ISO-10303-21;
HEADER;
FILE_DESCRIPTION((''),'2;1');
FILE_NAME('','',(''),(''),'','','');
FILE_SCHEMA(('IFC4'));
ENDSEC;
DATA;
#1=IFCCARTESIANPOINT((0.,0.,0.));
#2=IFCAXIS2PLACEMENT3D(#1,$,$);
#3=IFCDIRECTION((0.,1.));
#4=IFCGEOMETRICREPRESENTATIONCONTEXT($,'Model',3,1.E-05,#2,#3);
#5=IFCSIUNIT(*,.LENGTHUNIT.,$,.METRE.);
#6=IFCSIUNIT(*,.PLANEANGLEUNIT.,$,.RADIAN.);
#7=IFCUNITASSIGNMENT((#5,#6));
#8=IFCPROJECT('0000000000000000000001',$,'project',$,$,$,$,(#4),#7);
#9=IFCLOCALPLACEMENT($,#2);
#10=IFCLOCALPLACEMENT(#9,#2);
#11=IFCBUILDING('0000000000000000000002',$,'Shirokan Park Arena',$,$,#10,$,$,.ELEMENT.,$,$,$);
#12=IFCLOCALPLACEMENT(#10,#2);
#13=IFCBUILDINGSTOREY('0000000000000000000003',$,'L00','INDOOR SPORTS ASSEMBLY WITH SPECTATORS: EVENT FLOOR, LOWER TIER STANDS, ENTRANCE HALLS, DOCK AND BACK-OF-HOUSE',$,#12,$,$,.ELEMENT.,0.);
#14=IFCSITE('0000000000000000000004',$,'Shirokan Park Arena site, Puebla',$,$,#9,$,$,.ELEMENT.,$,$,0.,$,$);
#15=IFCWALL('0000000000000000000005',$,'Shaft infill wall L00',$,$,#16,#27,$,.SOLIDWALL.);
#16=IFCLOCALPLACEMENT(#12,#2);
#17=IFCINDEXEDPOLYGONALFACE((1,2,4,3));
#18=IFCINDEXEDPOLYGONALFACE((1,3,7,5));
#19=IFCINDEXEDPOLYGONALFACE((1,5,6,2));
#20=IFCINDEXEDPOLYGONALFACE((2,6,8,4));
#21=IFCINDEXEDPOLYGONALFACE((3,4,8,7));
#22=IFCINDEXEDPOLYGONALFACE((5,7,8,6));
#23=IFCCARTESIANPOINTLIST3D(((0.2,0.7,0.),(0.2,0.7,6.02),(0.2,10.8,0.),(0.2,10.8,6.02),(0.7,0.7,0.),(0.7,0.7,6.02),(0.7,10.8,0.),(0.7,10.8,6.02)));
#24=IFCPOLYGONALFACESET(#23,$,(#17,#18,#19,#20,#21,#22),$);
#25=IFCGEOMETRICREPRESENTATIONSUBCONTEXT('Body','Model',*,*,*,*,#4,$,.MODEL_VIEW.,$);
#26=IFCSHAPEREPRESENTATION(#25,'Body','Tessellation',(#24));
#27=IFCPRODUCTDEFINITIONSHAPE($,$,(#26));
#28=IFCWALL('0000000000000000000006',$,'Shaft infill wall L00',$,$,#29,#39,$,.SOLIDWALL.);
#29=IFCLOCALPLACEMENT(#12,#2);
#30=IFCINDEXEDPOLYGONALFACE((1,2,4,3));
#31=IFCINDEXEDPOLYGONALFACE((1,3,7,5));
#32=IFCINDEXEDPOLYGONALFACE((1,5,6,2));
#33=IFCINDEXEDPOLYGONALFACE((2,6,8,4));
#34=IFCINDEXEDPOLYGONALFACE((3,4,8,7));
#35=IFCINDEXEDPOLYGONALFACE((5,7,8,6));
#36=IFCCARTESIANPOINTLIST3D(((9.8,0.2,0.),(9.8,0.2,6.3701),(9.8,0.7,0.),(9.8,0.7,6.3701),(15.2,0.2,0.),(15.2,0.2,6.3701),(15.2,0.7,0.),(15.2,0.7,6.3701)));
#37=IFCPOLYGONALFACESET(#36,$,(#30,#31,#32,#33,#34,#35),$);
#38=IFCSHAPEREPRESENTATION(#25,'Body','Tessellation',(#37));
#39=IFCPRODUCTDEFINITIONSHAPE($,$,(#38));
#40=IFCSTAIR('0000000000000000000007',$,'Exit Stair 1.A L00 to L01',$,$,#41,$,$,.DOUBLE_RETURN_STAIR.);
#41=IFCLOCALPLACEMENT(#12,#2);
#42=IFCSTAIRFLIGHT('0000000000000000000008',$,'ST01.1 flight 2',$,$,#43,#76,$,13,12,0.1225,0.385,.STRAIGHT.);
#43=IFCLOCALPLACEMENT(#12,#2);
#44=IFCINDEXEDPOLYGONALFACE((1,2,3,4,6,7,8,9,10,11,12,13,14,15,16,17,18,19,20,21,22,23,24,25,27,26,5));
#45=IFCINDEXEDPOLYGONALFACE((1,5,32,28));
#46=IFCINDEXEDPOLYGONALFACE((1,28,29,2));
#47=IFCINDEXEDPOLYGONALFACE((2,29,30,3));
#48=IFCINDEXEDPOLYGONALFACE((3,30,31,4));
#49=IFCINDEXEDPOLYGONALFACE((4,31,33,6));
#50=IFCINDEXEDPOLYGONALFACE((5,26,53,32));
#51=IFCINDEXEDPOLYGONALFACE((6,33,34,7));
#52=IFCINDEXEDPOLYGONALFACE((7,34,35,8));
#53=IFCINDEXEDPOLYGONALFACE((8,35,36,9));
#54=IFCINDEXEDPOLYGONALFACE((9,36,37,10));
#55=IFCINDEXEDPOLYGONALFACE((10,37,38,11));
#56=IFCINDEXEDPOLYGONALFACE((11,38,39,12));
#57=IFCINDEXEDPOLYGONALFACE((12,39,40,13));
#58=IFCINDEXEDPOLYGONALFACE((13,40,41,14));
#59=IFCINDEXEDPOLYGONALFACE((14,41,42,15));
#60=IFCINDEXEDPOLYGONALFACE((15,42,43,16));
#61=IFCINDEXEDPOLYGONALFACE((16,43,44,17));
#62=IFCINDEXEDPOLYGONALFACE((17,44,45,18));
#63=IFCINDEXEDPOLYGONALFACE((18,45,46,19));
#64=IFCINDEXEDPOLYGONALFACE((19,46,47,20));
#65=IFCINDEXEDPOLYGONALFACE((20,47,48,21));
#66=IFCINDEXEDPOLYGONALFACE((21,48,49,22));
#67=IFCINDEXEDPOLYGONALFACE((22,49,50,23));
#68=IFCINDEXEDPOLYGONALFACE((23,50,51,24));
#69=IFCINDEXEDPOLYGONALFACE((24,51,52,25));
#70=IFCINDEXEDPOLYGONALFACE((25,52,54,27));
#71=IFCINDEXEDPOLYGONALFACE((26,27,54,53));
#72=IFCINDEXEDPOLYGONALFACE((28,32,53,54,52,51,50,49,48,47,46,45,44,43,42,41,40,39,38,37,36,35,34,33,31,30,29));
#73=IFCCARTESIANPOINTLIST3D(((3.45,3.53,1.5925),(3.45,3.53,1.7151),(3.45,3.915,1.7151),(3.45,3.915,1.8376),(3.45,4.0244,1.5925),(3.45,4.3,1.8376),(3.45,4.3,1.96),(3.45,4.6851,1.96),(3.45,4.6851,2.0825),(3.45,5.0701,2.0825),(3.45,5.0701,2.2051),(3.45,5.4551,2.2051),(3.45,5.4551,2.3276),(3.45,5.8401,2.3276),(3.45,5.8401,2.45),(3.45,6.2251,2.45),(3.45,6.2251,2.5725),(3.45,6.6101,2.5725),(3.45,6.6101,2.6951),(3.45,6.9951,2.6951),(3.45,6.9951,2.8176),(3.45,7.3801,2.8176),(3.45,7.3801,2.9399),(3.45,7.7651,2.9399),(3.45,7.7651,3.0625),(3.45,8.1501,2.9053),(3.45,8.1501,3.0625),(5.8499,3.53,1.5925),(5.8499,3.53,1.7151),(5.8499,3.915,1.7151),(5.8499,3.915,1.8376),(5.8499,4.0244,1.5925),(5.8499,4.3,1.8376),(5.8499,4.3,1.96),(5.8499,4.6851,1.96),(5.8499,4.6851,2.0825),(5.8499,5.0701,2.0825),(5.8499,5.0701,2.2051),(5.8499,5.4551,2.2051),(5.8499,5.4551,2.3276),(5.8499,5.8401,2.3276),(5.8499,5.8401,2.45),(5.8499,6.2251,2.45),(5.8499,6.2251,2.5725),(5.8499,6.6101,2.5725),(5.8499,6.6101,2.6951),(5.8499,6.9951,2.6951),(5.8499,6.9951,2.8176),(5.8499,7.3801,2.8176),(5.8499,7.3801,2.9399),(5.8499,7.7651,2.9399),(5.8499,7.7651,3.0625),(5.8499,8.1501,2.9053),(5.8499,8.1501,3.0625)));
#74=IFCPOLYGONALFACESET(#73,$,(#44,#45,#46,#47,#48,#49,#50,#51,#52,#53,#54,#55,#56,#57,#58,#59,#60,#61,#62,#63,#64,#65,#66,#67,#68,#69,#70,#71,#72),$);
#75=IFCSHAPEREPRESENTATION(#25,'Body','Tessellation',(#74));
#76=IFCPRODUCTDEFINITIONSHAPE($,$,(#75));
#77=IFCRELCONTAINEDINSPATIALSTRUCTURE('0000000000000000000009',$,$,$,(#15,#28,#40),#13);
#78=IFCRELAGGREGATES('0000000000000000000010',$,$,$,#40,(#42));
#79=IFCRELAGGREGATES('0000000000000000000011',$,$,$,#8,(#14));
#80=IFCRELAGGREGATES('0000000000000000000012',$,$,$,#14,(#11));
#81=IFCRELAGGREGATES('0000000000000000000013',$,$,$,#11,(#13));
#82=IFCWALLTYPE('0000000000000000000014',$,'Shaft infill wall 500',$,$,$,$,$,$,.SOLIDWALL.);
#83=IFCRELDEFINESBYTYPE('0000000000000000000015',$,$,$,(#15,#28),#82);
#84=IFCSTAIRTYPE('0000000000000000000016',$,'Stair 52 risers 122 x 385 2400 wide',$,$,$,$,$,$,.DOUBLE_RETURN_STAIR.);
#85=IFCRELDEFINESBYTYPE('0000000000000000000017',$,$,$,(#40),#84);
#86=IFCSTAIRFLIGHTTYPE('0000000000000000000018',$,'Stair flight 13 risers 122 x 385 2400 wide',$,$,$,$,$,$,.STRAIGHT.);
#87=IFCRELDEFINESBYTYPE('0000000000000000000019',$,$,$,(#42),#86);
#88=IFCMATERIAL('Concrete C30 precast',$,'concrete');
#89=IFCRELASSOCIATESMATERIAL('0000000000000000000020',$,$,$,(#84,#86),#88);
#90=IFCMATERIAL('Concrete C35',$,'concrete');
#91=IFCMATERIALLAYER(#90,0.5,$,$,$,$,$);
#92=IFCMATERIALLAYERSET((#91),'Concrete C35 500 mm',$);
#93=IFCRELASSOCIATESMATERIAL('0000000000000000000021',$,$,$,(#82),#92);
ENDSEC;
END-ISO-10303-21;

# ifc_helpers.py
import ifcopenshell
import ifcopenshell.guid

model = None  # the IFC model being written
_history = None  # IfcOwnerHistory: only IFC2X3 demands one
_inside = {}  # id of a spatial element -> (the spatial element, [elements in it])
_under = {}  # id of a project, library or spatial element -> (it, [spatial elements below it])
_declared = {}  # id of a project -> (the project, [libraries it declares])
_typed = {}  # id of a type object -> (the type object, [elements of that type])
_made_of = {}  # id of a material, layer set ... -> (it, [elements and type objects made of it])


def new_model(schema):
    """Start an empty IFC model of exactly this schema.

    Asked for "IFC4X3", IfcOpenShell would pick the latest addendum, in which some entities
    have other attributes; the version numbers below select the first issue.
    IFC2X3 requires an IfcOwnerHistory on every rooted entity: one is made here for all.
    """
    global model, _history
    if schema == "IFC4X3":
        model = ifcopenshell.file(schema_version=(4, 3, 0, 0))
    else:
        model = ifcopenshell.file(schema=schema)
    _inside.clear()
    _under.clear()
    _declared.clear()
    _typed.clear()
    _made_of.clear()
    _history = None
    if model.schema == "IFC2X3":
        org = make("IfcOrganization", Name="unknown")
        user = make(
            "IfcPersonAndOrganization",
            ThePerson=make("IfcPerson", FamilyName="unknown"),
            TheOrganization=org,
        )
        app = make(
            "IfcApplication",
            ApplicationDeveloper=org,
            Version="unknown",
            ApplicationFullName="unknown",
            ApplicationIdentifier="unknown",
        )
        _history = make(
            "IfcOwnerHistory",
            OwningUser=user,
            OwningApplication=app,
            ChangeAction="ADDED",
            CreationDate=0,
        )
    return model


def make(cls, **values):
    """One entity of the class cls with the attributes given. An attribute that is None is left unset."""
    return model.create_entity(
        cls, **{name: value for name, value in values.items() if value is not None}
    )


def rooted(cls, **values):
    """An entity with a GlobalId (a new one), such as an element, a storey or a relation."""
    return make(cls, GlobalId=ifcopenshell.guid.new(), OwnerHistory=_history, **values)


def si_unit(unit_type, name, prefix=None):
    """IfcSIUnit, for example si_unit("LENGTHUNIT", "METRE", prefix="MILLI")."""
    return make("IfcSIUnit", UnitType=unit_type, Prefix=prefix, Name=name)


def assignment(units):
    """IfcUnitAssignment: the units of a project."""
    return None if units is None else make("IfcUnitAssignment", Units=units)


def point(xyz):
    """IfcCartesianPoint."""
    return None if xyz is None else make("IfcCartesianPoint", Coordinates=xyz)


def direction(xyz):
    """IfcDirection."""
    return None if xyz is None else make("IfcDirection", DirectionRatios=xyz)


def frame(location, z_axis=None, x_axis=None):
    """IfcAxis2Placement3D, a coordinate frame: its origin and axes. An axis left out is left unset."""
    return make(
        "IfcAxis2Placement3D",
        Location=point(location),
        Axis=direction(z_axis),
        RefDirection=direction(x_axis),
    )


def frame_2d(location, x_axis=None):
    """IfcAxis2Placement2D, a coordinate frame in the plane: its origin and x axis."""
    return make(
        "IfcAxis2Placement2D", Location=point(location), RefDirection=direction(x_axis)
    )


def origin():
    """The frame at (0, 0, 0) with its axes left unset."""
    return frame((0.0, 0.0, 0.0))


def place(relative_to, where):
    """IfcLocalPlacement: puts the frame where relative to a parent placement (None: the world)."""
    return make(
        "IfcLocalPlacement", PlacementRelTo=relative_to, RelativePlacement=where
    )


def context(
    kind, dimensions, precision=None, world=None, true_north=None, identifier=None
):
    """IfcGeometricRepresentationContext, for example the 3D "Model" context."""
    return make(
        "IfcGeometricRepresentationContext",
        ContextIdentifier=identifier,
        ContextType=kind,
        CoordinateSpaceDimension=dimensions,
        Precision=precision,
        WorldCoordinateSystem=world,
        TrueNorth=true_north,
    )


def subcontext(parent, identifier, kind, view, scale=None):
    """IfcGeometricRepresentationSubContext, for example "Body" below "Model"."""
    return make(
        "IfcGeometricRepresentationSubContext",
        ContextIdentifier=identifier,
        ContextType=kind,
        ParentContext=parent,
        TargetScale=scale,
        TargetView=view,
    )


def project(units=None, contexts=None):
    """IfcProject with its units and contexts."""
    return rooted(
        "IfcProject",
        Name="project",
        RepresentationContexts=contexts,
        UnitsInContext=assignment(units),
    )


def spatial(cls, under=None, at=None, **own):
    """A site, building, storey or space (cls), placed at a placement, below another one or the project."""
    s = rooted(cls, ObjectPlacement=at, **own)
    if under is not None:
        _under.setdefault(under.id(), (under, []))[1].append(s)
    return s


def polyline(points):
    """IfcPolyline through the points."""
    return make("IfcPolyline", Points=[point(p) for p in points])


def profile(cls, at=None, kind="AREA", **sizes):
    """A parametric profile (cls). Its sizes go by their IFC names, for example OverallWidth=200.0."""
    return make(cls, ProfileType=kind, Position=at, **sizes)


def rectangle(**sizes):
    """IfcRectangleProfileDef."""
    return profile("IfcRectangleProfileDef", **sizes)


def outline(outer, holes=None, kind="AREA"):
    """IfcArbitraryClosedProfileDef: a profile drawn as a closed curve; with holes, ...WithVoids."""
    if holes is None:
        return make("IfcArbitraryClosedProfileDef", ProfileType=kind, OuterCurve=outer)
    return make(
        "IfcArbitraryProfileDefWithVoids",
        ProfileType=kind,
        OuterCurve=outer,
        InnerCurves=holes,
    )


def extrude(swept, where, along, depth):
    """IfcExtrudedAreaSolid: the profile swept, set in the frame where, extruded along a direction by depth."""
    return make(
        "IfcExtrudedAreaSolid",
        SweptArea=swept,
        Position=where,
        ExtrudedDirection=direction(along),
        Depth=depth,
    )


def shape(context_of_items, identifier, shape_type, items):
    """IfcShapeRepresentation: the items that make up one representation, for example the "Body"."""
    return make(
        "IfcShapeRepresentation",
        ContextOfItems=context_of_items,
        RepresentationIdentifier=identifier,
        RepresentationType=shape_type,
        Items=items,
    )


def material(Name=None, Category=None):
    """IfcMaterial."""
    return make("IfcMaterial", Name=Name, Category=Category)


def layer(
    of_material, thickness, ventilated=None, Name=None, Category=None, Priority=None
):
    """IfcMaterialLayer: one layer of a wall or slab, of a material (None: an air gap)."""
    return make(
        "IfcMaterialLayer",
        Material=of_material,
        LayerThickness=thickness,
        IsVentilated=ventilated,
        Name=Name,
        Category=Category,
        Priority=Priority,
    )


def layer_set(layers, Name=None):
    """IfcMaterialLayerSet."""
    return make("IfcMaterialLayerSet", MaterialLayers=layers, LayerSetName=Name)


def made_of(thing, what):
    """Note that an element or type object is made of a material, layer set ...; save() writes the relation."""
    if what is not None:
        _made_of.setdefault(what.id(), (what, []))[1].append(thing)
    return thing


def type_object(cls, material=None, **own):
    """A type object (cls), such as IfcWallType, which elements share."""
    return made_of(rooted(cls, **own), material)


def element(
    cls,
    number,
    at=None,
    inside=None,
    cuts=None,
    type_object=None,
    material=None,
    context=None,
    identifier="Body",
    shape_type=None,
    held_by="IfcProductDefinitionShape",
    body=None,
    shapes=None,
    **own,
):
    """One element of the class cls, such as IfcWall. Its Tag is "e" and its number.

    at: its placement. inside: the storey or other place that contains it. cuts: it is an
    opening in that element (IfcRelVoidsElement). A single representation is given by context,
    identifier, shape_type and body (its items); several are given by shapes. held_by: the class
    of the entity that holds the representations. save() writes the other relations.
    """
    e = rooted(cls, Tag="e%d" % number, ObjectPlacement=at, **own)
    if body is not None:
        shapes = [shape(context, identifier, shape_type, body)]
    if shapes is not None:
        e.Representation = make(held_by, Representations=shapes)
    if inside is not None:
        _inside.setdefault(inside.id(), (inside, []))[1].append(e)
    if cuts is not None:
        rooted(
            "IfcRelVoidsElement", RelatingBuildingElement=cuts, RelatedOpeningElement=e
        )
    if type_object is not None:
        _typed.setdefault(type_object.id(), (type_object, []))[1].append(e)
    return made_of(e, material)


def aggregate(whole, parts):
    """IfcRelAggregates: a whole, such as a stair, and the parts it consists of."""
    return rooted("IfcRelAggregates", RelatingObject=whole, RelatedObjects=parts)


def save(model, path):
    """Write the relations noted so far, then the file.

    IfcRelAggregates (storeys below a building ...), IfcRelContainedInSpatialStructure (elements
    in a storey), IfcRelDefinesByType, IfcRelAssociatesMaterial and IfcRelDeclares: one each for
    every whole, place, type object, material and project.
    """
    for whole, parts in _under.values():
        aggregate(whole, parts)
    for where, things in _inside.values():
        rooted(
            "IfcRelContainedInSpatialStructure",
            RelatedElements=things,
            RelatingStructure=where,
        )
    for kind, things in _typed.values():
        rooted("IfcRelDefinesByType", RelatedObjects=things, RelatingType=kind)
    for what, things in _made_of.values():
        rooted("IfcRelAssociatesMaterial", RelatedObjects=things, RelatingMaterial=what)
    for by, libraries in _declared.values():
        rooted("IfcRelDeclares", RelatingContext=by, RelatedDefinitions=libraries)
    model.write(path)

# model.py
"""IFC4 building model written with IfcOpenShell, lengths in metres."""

from ifc_helpers import new_model, si_unit, direction, frame, frame_2d, origin, place, context, subcontext, project, spatial, polyline, rectangle, outline, extrude, material, layer, layer_set, type_object, element, aggregate, save


model = new_model("IFC4")

# Units and contexts
model_context = context("Model", 3, precision=1e-05, world=origin(), true_north=direction((0.0, 1.0)))
body_context = subcontext(model_context, "Body", "Model", "MODEL_VIEW")
ifc_project = project(units=[si_unit("LENGTHUNIT", "METRE"), si_unit("PLANEANGLEUNIT", "RADIAN")], contexts=[model_context])

# Site, building, storey
site_placement = place(None, origin())
site = spatial("IfcSite", under=ifc_project, at=site_placement, Name="Shirokan Park Arena site, Puebla", CompositionType="ELEMENT", RefElevation=0.0)
building_placement = place(site_placement, origin())
building = spatial("IfcBuilding", under=site, at=building_placement, Name="Shirokan Park Arena", CompositionType="ELEMENT")
storey_placement = place(building_placement, origin())
storey = spatial("IfcBuildingStorey", under=building, at=storey_placement, Name="L00", Description="INDOOR SPORTS ASSEMBLY WITH SPECTATORS: EVENT FLOOR, LOWER TIER STANDS, ENTRANCE HALLS, DOCK AND BACK-OF-HOUSE", CompositionType="ELEMENT", Elevation=0.0)

# Shared definitions
ifc_material_1 = material(Name="Concrete C35", Category="concrete")

# Shared definitions
ifc_material_2 = material(Name="Concrete C30 precast", Category="concrete")
stair_type = type_object("IfcStairType", Name="Stair 52 risers 122 x 385 2400 wide", PredefinedType="DOUBLE_RETURN_STAIR", material=ifc_material_2)

# Walls
ifc_layer_1 = layer(ifc_material_1, 0.5)
ifc_layer_set_1 = layer_set([ifc_layer_1], Name="Concrete C35 500 mm")
wall_type_1 = type_object("IfcWallType", Name="Shaft infill wall 500", PredefinedType="SOLIDWALL", material=ifc_layer_set_1)
wall_1_placement = place(storey_placement, frame((0.45, 0.7, 0.0), z_axis=(0.0, 0.0, 1.0), x_axis=(0.0, 1.0, 0.0)))
element("IfcWall", 1, at=wall_1_placement, inside=storey, type_object=wall_type_1, Name="Shaft infill wall L00", PredefinedType="SOLIDWALL", context=body_context, shape_type="SweptSolid", body=[
    extrude(rectangle(XDim=10.1001, YDim=0.5, at=frame_2d((5.05, 0.0))), origin(), (0.0, 0.0, 1.0), 6.02),
])
wall_2_placement = place(storey_placement, frame((9.8, 0.45, 0.0), z_axis=(0.0, 0.0, 1.0), x_axis=(1.0, 0.0, 0.0)))
element("IfcWall", 2, at=wall_2_placement, inside=storey, type_object=wall_type_1, Name="Shaft infill wall L00", PredefinedType="SOLIDWALL", context=body_context, shape_type="SweptSolid", body=[
    extrude(rectangle(XDim=5.3999, YDim=0.5, at=frame_2d((2.7, 0.0))), origin(), (0.0, 0.0, 1.0), 6.3701),
])

# Stair, stair flight
stair_1_placement = place(storey_placement, origin())
stair_1 = element("IfcStair", 3, at=stair_1_placement, inside=storey, type_object=stair_type, Name="Exit Stair 1.A L00 to L01", PredefinedType="DOUBLE_RETURN_STAIR")
stair_flight_type = type_object("IfcStairFlightType", Name="Stair flight 13 risers 122 x 385 2400 wide", PredefinedType="STRAIGHT", material=ifc_material_2)
stair_flight_placement = place(storey_placement, frame((4.6499, 3.53, 1.5925), z_axis=(0.0, 0.0, 1.0), x_axis=(0.0, 1.0, 0.0)))
stair_flight = element("IfcStairFlight", 4, at=stair_flight_placement, type_object=stair_flight_type, Name="ST01.1 flight 2", NumberOfRisers=13, NumberOfTreads=12, PredefinedType="STRAIGHT", RiserHeight=0.1225, TreadLength=0.385, context=body_context, shape_type="SweptSolid", body=[
    extrude(outline(polyline([(0.0, 0.0), (0.0, 0.1226), (0.385, 0.1226), (0.385, 0.2451), (0.77, 0.2451), (0.77, 0.3674), (1.155, 0.3674), (1.155, 0.49), (1.54, 0.49), (1.54, 0.6125), (1.925, 0.6125), (1.925, 0.7351), (2.3101, 0.7351), (2.3101, 0.8574), (2.6951, 0.8574), (2.6951, 0.98), (3.0801, 0.98), (3.0801, 1.1025), (3.4651, 1.1025), (3.4651, 1.2251), (3.8501, 1.2251), (3.8501, 1.3474), (4.2351, 1.3474), (4.2351, 1.47), (4.6201, 1.47), (4.6201, 1.5925), (4.6201, 1.3127), (0.4944, 0.0), (0.0, 0.0)])), frame((0.0, 1.2, 0.0), z_axis=(0.0, -1.0, 0.0), x_axis=(1.0, 0.0, 0.0)), (0.0, 0.0, 1.0), 2.3999),
])
aggregate(stair_1, [stair_flight])

save(model, "model.ifc")
